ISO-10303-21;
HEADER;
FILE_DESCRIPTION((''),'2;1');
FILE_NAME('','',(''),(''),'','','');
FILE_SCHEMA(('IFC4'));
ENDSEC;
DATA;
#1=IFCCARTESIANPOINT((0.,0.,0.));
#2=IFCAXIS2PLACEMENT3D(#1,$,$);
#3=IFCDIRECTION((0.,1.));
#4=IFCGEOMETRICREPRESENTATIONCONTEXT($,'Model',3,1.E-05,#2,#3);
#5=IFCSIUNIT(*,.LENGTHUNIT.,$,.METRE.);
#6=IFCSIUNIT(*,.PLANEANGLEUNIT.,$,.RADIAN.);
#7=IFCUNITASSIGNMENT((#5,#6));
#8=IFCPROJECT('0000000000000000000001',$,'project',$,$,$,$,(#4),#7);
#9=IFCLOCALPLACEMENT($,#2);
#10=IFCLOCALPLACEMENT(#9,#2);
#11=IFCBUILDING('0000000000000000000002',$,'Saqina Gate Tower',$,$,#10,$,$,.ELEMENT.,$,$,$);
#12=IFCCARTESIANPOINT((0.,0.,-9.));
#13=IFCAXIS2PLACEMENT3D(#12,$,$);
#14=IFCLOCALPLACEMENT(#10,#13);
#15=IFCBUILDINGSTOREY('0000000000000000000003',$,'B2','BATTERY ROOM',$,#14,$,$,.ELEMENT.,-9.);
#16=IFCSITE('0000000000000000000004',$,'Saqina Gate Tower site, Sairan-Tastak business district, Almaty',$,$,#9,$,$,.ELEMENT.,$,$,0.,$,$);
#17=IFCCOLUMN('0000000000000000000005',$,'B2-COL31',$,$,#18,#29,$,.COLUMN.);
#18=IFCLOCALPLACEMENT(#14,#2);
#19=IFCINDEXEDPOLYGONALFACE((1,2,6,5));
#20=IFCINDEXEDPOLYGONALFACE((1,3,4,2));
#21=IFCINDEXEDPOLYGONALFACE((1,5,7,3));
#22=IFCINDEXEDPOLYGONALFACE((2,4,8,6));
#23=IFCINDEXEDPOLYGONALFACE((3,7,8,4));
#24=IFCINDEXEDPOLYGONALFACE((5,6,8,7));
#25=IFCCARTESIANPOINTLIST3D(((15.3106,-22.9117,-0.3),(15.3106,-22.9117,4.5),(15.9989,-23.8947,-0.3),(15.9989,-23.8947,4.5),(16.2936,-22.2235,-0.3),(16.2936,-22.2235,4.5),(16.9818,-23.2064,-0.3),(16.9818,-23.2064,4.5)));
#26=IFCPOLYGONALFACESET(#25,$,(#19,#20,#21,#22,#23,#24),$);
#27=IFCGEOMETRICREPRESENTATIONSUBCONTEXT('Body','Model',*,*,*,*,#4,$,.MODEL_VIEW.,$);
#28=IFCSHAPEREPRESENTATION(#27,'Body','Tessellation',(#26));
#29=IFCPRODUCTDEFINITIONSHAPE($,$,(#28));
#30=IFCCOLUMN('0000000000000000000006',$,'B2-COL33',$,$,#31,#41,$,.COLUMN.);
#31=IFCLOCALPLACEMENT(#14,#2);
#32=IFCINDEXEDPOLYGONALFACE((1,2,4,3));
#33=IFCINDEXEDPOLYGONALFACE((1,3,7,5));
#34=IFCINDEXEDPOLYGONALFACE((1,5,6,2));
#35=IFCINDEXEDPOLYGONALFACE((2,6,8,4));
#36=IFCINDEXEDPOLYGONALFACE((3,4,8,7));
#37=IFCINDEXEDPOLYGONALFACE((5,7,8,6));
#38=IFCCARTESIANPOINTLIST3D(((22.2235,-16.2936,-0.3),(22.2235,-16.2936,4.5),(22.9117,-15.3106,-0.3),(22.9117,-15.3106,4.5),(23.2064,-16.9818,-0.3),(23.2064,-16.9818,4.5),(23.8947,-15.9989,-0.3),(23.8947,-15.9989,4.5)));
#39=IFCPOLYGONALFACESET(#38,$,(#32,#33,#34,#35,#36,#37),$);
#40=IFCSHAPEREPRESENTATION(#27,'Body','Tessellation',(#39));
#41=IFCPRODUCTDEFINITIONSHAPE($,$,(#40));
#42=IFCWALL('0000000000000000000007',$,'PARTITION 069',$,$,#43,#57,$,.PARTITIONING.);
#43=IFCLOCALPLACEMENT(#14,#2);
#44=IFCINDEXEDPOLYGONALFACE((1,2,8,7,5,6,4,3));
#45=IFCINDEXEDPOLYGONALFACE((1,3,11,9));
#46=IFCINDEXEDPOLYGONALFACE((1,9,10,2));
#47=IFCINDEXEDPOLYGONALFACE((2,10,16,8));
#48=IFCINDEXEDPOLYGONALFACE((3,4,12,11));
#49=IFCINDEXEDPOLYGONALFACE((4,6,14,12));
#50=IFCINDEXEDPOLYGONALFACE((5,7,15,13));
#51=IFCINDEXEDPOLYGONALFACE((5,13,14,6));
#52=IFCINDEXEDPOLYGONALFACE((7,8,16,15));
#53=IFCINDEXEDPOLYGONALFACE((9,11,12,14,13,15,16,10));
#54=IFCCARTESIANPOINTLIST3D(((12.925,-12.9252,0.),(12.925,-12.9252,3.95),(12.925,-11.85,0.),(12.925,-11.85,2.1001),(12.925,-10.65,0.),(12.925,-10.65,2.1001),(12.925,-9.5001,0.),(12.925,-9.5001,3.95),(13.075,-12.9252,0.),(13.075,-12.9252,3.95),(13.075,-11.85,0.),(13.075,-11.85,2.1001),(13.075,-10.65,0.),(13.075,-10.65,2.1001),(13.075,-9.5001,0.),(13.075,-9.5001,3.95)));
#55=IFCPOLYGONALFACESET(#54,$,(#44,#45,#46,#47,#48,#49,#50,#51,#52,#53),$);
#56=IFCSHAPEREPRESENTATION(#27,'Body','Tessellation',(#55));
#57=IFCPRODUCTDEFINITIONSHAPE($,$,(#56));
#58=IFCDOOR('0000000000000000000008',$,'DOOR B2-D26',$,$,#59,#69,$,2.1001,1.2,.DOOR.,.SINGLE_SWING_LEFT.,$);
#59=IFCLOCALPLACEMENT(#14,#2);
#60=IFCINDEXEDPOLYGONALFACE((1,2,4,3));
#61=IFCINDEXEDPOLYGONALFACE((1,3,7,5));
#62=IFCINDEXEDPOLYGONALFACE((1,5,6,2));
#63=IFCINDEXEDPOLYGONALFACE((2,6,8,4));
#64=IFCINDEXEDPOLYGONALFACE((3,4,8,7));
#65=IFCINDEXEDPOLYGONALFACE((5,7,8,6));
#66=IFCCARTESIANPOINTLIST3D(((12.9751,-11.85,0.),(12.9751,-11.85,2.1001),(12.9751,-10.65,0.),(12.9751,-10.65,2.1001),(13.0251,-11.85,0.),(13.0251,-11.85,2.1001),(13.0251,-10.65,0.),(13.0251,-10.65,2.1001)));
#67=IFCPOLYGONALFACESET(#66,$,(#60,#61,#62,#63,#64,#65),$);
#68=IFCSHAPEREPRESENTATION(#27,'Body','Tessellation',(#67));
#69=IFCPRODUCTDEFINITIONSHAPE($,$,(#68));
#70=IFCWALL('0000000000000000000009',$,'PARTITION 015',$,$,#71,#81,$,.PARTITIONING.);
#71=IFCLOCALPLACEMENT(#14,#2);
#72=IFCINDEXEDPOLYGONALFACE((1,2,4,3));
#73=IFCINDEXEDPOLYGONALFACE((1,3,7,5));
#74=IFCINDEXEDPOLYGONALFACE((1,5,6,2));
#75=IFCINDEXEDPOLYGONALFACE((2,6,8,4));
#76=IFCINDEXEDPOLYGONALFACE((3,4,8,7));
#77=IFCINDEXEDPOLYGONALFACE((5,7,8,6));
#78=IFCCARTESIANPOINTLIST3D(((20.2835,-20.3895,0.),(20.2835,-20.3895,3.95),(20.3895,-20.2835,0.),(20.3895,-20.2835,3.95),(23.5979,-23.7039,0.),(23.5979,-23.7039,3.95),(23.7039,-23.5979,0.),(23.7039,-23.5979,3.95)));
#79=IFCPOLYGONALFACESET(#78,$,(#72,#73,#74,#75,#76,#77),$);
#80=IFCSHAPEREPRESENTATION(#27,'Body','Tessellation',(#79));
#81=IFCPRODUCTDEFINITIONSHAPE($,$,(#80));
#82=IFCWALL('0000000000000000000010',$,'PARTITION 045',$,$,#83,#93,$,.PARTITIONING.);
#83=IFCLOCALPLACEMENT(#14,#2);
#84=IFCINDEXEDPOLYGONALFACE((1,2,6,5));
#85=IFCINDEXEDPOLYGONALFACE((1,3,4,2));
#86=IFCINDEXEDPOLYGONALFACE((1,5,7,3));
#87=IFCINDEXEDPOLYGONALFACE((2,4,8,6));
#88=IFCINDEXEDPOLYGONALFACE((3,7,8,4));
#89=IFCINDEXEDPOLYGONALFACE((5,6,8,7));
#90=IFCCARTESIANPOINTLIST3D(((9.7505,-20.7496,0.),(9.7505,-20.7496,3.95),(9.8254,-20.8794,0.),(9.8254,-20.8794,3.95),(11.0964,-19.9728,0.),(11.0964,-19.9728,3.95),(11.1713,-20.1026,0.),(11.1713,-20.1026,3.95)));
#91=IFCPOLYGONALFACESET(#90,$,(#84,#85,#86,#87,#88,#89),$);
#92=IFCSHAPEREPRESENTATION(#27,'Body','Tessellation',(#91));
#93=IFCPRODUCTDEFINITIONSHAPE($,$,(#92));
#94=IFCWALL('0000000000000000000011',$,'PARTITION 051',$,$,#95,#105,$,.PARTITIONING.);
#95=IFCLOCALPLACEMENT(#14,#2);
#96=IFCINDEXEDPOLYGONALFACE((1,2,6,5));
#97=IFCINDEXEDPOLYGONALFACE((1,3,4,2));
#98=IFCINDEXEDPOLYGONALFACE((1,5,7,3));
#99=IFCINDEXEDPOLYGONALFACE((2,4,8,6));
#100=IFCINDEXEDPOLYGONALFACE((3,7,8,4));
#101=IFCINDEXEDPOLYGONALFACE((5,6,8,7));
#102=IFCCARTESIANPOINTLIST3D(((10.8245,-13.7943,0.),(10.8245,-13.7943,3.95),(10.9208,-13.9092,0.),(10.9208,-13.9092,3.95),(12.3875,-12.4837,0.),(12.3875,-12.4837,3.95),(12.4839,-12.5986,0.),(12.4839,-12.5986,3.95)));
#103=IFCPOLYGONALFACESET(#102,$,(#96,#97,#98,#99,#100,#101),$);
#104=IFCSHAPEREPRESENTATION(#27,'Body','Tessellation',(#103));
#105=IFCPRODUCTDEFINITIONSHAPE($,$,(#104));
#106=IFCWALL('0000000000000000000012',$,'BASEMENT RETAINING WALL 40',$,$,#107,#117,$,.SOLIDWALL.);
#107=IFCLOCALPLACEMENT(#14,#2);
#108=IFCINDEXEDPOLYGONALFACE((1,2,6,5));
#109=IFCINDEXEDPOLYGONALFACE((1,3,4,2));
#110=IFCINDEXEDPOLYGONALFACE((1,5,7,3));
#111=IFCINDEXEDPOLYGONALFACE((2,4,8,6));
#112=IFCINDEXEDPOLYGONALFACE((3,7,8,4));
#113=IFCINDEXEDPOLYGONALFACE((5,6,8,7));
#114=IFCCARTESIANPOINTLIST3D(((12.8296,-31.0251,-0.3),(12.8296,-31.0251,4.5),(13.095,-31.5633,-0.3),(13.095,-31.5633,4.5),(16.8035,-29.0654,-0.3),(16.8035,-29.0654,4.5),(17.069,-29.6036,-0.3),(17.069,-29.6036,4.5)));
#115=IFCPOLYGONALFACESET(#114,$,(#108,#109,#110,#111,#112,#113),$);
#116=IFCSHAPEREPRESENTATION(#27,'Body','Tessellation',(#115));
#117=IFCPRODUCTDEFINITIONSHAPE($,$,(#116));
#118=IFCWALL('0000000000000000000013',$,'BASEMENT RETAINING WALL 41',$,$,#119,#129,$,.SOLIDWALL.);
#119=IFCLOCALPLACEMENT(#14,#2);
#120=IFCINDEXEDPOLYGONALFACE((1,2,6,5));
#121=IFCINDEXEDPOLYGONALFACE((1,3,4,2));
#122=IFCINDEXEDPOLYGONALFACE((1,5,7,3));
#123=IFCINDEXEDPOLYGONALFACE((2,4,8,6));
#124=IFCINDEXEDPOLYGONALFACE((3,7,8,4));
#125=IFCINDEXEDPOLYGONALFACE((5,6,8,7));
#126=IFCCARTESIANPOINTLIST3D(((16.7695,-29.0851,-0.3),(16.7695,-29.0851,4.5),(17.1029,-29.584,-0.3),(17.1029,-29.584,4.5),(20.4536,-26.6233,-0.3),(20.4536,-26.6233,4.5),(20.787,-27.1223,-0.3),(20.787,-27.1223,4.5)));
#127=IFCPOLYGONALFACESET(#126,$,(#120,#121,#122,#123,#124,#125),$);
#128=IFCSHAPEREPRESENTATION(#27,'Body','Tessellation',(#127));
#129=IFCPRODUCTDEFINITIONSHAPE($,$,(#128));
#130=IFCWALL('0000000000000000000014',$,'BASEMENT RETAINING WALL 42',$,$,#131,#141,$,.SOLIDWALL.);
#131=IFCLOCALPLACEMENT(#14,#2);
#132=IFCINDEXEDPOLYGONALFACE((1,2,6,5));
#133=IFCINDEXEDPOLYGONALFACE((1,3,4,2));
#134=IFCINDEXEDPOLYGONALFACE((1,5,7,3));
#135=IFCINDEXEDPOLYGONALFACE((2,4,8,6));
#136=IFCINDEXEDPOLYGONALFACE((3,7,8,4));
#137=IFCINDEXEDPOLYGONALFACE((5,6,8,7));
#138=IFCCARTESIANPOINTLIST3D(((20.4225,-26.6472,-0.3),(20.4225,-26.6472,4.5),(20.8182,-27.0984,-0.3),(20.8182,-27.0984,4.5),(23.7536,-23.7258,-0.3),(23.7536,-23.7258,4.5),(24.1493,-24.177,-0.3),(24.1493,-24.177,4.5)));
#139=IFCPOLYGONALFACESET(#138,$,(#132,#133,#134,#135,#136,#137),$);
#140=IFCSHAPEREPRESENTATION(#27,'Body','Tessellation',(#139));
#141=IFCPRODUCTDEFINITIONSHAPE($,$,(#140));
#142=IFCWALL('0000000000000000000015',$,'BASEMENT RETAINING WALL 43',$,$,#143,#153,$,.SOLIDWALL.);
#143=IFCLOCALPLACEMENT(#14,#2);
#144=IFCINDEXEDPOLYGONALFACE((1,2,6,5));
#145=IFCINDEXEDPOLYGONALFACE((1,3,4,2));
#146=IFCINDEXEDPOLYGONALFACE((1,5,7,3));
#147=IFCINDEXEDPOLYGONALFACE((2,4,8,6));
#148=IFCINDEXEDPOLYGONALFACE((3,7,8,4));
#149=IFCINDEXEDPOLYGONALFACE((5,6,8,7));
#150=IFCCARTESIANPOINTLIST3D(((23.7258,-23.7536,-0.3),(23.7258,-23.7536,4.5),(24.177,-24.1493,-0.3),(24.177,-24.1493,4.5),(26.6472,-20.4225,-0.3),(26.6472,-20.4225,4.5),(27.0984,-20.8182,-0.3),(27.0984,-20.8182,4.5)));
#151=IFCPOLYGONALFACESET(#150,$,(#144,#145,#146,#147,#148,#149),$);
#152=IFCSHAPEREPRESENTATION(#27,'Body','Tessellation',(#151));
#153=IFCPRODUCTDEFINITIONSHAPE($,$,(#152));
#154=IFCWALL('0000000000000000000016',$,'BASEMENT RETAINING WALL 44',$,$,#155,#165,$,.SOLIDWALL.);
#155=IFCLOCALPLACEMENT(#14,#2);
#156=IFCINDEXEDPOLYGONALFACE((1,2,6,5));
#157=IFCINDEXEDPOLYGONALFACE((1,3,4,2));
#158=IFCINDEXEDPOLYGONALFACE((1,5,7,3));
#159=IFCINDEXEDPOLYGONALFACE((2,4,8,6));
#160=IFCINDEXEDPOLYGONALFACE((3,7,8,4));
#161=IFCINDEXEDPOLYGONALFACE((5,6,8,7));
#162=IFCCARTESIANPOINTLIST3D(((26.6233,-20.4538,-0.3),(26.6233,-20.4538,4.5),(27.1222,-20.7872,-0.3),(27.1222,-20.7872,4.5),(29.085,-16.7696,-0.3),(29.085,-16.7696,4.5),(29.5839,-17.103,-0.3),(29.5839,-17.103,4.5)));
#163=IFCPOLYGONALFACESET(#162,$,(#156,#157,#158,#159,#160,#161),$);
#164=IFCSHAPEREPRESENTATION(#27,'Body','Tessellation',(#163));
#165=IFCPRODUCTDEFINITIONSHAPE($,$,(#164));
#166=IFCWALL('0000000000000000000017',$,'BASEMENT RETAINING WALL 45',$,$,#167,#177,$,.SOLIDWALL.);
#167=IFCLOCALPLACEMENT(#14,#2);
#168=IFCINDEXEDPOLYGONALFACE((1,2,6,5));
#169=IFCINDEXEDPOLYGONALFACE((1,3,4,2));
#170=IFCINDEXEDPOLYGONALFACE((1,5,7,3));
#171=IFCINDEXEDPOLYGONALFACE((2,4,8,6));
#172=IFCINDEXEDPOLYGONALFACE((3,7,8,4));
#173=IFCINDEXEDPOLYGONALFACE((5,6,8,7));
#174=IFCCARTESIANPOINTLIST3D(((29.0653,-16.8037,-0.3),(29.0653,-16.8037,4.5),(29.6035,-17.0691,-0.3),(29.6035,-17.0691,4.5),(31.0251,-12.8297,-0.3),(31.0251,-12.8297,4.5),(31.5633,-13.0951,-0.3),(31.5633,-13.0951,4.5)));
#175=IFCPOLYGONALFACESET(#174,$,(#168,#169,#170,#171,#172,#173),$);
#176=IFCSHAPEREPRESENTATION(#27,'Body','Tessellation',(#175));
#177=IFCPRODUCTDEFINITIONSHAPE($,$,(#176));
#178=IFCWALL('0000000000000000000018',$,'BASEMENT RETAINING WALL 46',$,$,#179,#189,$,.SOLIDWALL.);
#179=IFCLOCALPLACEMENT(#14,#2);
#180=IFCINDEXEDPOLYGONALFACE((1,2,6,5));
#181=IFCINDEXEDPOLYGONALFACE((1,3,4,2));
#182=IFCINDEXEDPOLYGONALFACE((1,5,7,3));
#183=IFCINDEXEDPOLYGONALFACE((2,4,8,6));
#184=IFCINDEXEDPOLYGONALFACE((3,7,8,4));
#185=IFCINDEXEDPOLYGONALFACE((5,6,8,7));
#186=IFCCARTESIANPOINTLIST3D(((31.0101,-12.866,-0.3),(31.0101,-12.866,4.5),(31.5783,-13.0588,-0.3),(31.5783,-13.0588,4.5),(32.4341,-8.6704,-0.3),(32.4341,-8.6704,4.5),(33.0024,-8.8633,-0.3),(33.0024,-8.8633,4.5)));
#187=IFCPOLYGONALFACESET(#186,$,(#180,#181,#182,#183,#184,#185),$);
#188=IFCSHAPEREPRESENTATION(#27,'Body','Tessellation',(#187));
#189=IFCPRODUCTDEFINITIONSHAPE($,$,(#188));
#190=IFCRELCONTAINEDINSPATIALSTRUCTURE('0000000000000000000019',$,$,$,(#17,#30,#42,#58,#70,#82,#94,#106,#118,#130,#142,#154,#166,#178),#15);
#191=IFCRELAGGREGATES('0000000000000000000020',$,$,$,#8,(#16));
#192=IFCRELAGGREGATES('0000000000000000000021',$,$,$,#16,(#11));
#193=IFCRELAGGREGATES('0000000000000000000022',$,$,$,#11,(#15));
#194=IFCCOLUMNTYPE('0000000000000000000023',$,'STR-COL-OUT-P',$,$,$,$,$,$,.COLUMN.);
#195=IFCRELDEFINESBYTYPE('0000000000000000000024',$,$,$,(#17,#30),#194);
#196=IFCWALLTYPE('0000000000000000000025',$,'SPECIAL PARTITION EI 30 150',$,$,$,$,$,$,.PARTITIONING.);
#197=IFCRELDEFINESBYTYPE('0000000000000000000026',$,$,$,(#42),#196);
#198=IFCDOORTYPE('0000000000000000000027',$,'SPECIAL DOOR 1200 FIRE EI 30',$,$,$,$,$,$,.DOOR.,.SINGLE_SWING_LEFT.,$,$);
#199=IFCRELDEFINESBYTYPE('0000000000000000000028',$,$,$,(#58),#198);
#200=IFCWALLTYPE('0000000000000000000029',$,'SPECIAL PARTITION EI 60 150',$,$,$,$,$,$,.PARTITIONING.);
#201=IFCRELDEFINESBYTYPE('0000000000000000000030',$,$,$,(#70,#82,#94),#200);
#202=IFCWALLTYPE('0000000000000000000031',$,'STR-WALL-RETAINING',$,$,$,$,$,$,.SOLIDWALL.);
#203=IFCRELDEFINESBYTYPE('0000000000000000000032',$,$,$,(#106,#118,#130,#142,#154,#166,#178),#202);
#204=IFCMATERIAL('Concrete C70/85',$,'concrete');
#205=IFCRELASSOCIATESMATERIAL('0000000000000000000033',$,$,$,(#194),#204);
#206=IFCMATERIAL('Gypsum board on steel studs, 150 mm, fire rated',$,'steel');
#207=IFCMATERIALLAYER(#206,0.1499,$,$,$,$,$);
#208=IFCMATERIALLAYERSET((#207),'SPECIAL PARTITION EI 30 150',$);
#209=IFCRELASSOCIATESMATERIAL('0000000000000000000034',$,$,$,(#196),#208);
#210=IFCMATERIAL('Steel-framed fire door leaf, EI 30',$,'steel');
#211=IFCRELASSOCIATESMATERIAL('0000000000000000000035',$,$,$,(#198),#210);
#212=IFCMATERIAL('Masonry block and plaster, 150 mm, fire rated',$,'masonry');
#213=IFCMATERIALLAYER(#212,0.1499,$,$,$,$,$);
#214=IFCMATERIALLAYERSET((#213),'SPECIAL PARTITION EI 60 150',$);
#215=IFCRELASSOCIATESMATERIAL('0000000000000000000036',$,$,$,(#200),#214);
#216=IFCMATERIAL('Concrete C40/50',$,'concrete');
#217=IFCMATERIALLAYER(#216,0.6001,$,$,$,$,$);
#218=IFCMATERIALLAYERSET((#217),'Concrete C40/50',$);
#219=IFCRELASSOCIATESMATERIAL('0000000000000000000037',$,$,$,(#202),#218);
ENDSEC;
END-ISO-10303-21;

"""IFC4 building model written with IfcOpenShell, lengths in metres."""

from ifc_helpers import new_model, si_unit, direction, frame, frame_2d, origin, origin_2d, place, context, subcontext, project, spatial, rectangle, extrude, material, layer, layer_set, material_profile, profile_set, type_object, element, fill, save


model = new_model("IFC4")

# Units and contexts
model_context = context("Model", 3, precision=1e-05, world=origin(), true_north=direction((0.0, 1.0)))
body_context = subcontext(model_context, "Body", "Model", "MODEL_VIEW")
ifc_project = project(units=[si_unit("LENGTHUNIT", "METRE"), si_unit("PLANEANGLEUNIT", "RADIAN")], contexts=[model_context])

# Site, building, storey
site_placement = place(None, origin())
site = spatial("IfcSite", under=ifc_project, at=site_placement, Name="Saqina Gate Tower site, Sairan-Tastak business district, Almaty", CompositionType="ELEMENT", RefElevation=0.0)
building_placement = place(site_placement, origin())
building = spatial("IfcBuilding", under=site, at=building_placement, Name="Saqina Gate Tower", CompositionType="ELEMENT")
storey_placement = place(building_placement, frame((0.0, 0.0, -9.0)))
storey = spatial("IfcBuildingStorey", under=building, at=storey_placement, Name="B2", Description="BATTERY ROOM", CompositionType="ELEMENT", Elevation=-9.0)

# Columns
ifc_material_1 = material(Name="Concrete C70/85", Category="concrete")
ifc_material_profile_1 = material_profile(ifc_material_1, rectangle(XDim=1.2, YDim=1.2, at=origin_2d()), Name="RC 1200x1200")
ifc_profile_set_1 = profile_set([ifc_material_profile_1], Name="Concrete C70/85")
column_type_1 = type_object("IfcColumnType", Name="STR-COL-OUT-P", PredefinedType="COLUMN", material=ifc_profile_set_1)
for number, where, z_axis, x_axis, name in (
    (1, (16.1462, -23.0591, -0.3), (0.0, 0.0, 1.0), (0.573576, -0.819152, 0.0), "B2-COL31"),
    (2, (23.0591, -16.1462, -0.3), (0.0, 0.0, 1.0), (0.819152, -0.573576, 0.0), "B2-COL33"),
):
    element("IfcColumn", number, at=place(storey_placement, frame(where, z_axis=z_axis, x_axis=x_axis)), inside=storey, type_object=column_type_1, Name=name, PredefinedType="COLUMN", context=body_context, shape_type="SweptSolid", body=[
        extrude(rectangle(XDim=1.2, YDim=1.2, at=origin_2d()), origin(), (0.0, 0.0, 1.0), 4.8),
    ])

# Wall, opening, door
ifc_material_2 = material(Name="Gypsum board on steel studs, 150 mm, fire rated", Category="steel")
ifc_layer_1 = layer(ifc_material_2, 0.1499)
ifc_layer_set_1 = layer_set([ifc_layer_1], Name="SPECIAL PARTITION EI 30 150")
wall_type_1 = type_object("IfcWallType", Name="SPECIAL PARTITION EI 30 150", PredefinedType="PARTITIONING", material=ifc_layer_set_1)
wall_1_placement = place(storey_placement, frame((13.0, -12.925, 0.0), z_axis=(0.0, 0.0, 1.0), x_axis=(0.0, 1.0, 0.0)))
wall_1 = element("IfcWall", 3, at=wall_1_placement, inside=storey, type_object=wall_type_1, Name="PARTITION 069", PredefinedType="PARTITIONING", context=body_context, shape_type="SweptSolid", body=[
    extrude(rectangle(XDim=3.425, YDim=0.1499, at=frame_2d((1.7124, 0.0))), origin(), (0.0, 0.0, 1.0), 3.95),
])
opening_placement = place(wall_1_placement, frame((1.075, 0.0, 0.0)))
opening = element("IfcOpeningElement", 4, at=opening_placement, cuts=wall_1, PredefinedType="OPENING", context=body_context, shape_type="SweptSolid", body=[
    extrude(rectangle(XDim=1.2, YDim=2.1001, at=frame_2d((0.6001, 1.05))), frame((0.0, 0.0869, 0.0), z_axis=(0.0, -1.0, 0.0), x_axis=(1.0, 0.0, 0.0)), (0.0, 0.0, 1.0), 0.1738),
])
ifc_material_3 = material(Name="Steel-framed fire door leaf, EI 30", Category="steel")
door_type = type_object("IfcDoorType", Name="SPECIAL DOOR 1200 FIRE EI 30", OperationType="SINGLE_SWING_LEFT", PredefinedType="DOOR", material=ifc_material_3)
door_placement = place(opening_placement, origin())
door = element("IfcDoor", 5, at=door_placement, inside=storey, type_object=door_type, Name="DOOR B2-D26", OperationType="SINGLE_SWING_LEFT", OverallHeight=2.1001, OverallWidth=1.2, PredefinedType="DOOR", context=body_context, shape_type="SweptSolid", body=[
    extrude(rectangle(XDim=1.2, YDim=2.1001, at=frame_2d((0.6001, 1.05))), frame((0.0, 0.0249, 0.0), z_axis=(0.0, -1.0, 0.0), x_axis=(1.0, 0.0, 0.0)), (0.0, 0.0, 1.0), 0.05),
])
fill(opening, door)

# Walls
ifc_material_4 = material(Name="Masonry block and plaster, 150 mm, fire rated", Category="masonry")
ifc_layer_2 = layer(ifc_material_4, 0.1499)
ifc_layer_set_2 = layer_set([ifc_layer_2], Name="SPECIAL PARTITION EI 60 150")
wall_type_2 = type_object("IfcWallType", Name="SPECIAL PARTITION EI 60 150", PredefinedType="PARTITIONING", material=ifc_layer_set_2)
wall_2_placement = place(storey_placement, frame((20.3364, -20.3364, 0.0), z_axis=(0.0, 0.0, 1.0), x_axis=(0.707107, -0.707107, 0.0)))
element("IfcWall", 6, at=wall_2_placement, inside=storey, type_object=wall_type_2, Name="PARTITION 015", PredefinedType="PARTITIONING", context=body_context, shape_type="SweptSolid", body=[
    extrude(rectangle(XDim=4.6873, YDim=0.1499, at=frame_2d((2.3438, 0.0))), origin(), (0.0, 0.0, 1.0), 3.95),
])
wall_3_placement = place(storey_placement, frame((9.7881, -20.8145, 0.0), z_axis=(0.0, 0.0, 1.0), x_axis=(0.866089, 0.49989, 0.0)))
element("IfcWall", 7, at=wall_3_placement, inside=storey, type_object=wall_type_2, Name="PARTITION 045", PredefinedType="PARTITIONING", context=body_context, shape_type="SweptSolid", body=[
    extrude(rectangle(XDim=1.554, YDim=0.1499, at=frame_2d((0.7769, 0.0))), origin(), (0.0, 0.0, 1.0), 3.95),
])
wall_4_placement = place(storey_placement, frame((10.8726, -13.8518, 0.0), z_axis=(0.0, 0.0, 1.0), x_axis=(0.766275, 0.642513, 0.0)))
element("IfcWall", 8, at=wall_4_placement, inside=storey, type_object=wall_type_2, Name="PARTITION 051", PredefinedType="PARTITIONING", context=body_context, shape_type="SweptSolid", body=[
    extrude(rectangle(XDim=2.0398, YDim=0.1499, at=frame_2d((1.02, 0.0))), origin(), (0.0, 0.0, 1.0), 3.95),
])
ifc_material_5 = material(Name="Concrete C40/50", Category="concrete")
ifc_layer_3 = layer(ifc_material_5, 0.6001)
ifc_layer_set_3 = layer_set([ifc_layer_3], Name="Concrete C40/50")
wall_type_3 = type_object("IfcWallType", Name="STR-WALL-RETAINING", PredefinedType="SOLIDWALL", material=ifc_layer_set_3)
for number, where, z_axis, x_axis, name in (
    (9, (12.9624, -31.2942, -0.3), (0.0, 0.0, 1.0), (0.896871, 0.442292, 0.0), "BASEMENT RETAINING WALL 40"),
    (10, (16.9363, -29.3345, -0.3), (0.0, 0.0, 1.0), (0.831465, 0.555577, 0.0), "BASEMENT RETAINING WALL 41"),
):
    element("IfcWall", number, at=place(storey_placement, frame(where, z_axis=z_axis, x_axis=x_axis)), inside=storey, type_object=wall_type_3, Name=name, PredefinedType="SOLIDWALL", context=body_context, shape_type="SweptSolid", body=[
        extrude(rectangle(XDim=4.4309, YDim=0.6001, at=frame_2d((2.2153, 0.0))), origin(), (0.0, 0.0, 1.0), 4.8),
    ])
for number, where, z_axis, x_axis, name in (
    (11, (20.6204, -26.8728, -0.3), (0.0, 0.0, 1.0), (0.751825, 0.659362, 0.0), "BASEMENT RETAINING WALL 42"),
    (12, (23.9514, -23.9514, -0.3), (0.0, 0.0, 1.0), (0.659362, 0.751825, 0.0), "BASEMENT RETAINING WALL 43"),
):
    element("IfcWall", number, at=place(storey_placement, frame(where, z_axis=z_axis, x_axis=x_axis)), inside=storey, type_object=wall_type_3, Name=name, PredefinedType="SOLIDWALL", context=body_context, shape_type="SweptSolid", body=[
        extrude(rectangle(XDim=4.4307, YDim=0.6001, at=frame_2d((2.2153, 0.0))), origin(), (0.0, 0.0, 1.0), 4.8),
    ])
for number, where, z_axis, x_axis, name in (
    (13, (26.8728, -20.6204, -0.3), (0.0, 0.0, 1.0), (0.555577, 0.831465, 0.0), "BASEMENT RETAINING WALL 44"),
    (14, (29.3345, -16.9363, -0.3), (0.0, 0.0, 1.0), (0.442292, 0.896871, 0.0), "BASEMENT RETAINING WALL 45"),
):
    element("IfcWall", number, at=place(storey_placement, frame(where, z_axis=z_axis, x_axis=x_axis)), inside=storey, type_object=wall_type_3, Name=name, PredefinedType="SOLIDWALL", context=body_context, shape_type="SweptSolid", body=[
        extrude(rectangle(XDim=4.4309, YDim=0.6001, at=frame_2d((2.2153, 0.0))), origin(), (0.0, 0.0, 1.0), 4.8),
    ])
wall_5_placement = place(storey_placement, frame((31.2942, -12.9624, -0.3), z_axis=(0.0, 0.0, 1.0), x_axis=(0.321414, 0.946939, 0.0)))
element("IfcWall", 15, at=wall_5_placement, inside=storey, type_object=wall_type_3, Name="BASEMENT RETAINING WALL 46", PredefinedType="SOLIDWALL", context=body_context, shape_type="SweptSolid", body=[
    extrude(rectangle(XDim=4.4307, YDim=0.6001, at=frame_2d((2.2153, 0.0))), origin(), (0.0, 0.0, 1.0), 4.8),
])

save(model, "model.ifc")
